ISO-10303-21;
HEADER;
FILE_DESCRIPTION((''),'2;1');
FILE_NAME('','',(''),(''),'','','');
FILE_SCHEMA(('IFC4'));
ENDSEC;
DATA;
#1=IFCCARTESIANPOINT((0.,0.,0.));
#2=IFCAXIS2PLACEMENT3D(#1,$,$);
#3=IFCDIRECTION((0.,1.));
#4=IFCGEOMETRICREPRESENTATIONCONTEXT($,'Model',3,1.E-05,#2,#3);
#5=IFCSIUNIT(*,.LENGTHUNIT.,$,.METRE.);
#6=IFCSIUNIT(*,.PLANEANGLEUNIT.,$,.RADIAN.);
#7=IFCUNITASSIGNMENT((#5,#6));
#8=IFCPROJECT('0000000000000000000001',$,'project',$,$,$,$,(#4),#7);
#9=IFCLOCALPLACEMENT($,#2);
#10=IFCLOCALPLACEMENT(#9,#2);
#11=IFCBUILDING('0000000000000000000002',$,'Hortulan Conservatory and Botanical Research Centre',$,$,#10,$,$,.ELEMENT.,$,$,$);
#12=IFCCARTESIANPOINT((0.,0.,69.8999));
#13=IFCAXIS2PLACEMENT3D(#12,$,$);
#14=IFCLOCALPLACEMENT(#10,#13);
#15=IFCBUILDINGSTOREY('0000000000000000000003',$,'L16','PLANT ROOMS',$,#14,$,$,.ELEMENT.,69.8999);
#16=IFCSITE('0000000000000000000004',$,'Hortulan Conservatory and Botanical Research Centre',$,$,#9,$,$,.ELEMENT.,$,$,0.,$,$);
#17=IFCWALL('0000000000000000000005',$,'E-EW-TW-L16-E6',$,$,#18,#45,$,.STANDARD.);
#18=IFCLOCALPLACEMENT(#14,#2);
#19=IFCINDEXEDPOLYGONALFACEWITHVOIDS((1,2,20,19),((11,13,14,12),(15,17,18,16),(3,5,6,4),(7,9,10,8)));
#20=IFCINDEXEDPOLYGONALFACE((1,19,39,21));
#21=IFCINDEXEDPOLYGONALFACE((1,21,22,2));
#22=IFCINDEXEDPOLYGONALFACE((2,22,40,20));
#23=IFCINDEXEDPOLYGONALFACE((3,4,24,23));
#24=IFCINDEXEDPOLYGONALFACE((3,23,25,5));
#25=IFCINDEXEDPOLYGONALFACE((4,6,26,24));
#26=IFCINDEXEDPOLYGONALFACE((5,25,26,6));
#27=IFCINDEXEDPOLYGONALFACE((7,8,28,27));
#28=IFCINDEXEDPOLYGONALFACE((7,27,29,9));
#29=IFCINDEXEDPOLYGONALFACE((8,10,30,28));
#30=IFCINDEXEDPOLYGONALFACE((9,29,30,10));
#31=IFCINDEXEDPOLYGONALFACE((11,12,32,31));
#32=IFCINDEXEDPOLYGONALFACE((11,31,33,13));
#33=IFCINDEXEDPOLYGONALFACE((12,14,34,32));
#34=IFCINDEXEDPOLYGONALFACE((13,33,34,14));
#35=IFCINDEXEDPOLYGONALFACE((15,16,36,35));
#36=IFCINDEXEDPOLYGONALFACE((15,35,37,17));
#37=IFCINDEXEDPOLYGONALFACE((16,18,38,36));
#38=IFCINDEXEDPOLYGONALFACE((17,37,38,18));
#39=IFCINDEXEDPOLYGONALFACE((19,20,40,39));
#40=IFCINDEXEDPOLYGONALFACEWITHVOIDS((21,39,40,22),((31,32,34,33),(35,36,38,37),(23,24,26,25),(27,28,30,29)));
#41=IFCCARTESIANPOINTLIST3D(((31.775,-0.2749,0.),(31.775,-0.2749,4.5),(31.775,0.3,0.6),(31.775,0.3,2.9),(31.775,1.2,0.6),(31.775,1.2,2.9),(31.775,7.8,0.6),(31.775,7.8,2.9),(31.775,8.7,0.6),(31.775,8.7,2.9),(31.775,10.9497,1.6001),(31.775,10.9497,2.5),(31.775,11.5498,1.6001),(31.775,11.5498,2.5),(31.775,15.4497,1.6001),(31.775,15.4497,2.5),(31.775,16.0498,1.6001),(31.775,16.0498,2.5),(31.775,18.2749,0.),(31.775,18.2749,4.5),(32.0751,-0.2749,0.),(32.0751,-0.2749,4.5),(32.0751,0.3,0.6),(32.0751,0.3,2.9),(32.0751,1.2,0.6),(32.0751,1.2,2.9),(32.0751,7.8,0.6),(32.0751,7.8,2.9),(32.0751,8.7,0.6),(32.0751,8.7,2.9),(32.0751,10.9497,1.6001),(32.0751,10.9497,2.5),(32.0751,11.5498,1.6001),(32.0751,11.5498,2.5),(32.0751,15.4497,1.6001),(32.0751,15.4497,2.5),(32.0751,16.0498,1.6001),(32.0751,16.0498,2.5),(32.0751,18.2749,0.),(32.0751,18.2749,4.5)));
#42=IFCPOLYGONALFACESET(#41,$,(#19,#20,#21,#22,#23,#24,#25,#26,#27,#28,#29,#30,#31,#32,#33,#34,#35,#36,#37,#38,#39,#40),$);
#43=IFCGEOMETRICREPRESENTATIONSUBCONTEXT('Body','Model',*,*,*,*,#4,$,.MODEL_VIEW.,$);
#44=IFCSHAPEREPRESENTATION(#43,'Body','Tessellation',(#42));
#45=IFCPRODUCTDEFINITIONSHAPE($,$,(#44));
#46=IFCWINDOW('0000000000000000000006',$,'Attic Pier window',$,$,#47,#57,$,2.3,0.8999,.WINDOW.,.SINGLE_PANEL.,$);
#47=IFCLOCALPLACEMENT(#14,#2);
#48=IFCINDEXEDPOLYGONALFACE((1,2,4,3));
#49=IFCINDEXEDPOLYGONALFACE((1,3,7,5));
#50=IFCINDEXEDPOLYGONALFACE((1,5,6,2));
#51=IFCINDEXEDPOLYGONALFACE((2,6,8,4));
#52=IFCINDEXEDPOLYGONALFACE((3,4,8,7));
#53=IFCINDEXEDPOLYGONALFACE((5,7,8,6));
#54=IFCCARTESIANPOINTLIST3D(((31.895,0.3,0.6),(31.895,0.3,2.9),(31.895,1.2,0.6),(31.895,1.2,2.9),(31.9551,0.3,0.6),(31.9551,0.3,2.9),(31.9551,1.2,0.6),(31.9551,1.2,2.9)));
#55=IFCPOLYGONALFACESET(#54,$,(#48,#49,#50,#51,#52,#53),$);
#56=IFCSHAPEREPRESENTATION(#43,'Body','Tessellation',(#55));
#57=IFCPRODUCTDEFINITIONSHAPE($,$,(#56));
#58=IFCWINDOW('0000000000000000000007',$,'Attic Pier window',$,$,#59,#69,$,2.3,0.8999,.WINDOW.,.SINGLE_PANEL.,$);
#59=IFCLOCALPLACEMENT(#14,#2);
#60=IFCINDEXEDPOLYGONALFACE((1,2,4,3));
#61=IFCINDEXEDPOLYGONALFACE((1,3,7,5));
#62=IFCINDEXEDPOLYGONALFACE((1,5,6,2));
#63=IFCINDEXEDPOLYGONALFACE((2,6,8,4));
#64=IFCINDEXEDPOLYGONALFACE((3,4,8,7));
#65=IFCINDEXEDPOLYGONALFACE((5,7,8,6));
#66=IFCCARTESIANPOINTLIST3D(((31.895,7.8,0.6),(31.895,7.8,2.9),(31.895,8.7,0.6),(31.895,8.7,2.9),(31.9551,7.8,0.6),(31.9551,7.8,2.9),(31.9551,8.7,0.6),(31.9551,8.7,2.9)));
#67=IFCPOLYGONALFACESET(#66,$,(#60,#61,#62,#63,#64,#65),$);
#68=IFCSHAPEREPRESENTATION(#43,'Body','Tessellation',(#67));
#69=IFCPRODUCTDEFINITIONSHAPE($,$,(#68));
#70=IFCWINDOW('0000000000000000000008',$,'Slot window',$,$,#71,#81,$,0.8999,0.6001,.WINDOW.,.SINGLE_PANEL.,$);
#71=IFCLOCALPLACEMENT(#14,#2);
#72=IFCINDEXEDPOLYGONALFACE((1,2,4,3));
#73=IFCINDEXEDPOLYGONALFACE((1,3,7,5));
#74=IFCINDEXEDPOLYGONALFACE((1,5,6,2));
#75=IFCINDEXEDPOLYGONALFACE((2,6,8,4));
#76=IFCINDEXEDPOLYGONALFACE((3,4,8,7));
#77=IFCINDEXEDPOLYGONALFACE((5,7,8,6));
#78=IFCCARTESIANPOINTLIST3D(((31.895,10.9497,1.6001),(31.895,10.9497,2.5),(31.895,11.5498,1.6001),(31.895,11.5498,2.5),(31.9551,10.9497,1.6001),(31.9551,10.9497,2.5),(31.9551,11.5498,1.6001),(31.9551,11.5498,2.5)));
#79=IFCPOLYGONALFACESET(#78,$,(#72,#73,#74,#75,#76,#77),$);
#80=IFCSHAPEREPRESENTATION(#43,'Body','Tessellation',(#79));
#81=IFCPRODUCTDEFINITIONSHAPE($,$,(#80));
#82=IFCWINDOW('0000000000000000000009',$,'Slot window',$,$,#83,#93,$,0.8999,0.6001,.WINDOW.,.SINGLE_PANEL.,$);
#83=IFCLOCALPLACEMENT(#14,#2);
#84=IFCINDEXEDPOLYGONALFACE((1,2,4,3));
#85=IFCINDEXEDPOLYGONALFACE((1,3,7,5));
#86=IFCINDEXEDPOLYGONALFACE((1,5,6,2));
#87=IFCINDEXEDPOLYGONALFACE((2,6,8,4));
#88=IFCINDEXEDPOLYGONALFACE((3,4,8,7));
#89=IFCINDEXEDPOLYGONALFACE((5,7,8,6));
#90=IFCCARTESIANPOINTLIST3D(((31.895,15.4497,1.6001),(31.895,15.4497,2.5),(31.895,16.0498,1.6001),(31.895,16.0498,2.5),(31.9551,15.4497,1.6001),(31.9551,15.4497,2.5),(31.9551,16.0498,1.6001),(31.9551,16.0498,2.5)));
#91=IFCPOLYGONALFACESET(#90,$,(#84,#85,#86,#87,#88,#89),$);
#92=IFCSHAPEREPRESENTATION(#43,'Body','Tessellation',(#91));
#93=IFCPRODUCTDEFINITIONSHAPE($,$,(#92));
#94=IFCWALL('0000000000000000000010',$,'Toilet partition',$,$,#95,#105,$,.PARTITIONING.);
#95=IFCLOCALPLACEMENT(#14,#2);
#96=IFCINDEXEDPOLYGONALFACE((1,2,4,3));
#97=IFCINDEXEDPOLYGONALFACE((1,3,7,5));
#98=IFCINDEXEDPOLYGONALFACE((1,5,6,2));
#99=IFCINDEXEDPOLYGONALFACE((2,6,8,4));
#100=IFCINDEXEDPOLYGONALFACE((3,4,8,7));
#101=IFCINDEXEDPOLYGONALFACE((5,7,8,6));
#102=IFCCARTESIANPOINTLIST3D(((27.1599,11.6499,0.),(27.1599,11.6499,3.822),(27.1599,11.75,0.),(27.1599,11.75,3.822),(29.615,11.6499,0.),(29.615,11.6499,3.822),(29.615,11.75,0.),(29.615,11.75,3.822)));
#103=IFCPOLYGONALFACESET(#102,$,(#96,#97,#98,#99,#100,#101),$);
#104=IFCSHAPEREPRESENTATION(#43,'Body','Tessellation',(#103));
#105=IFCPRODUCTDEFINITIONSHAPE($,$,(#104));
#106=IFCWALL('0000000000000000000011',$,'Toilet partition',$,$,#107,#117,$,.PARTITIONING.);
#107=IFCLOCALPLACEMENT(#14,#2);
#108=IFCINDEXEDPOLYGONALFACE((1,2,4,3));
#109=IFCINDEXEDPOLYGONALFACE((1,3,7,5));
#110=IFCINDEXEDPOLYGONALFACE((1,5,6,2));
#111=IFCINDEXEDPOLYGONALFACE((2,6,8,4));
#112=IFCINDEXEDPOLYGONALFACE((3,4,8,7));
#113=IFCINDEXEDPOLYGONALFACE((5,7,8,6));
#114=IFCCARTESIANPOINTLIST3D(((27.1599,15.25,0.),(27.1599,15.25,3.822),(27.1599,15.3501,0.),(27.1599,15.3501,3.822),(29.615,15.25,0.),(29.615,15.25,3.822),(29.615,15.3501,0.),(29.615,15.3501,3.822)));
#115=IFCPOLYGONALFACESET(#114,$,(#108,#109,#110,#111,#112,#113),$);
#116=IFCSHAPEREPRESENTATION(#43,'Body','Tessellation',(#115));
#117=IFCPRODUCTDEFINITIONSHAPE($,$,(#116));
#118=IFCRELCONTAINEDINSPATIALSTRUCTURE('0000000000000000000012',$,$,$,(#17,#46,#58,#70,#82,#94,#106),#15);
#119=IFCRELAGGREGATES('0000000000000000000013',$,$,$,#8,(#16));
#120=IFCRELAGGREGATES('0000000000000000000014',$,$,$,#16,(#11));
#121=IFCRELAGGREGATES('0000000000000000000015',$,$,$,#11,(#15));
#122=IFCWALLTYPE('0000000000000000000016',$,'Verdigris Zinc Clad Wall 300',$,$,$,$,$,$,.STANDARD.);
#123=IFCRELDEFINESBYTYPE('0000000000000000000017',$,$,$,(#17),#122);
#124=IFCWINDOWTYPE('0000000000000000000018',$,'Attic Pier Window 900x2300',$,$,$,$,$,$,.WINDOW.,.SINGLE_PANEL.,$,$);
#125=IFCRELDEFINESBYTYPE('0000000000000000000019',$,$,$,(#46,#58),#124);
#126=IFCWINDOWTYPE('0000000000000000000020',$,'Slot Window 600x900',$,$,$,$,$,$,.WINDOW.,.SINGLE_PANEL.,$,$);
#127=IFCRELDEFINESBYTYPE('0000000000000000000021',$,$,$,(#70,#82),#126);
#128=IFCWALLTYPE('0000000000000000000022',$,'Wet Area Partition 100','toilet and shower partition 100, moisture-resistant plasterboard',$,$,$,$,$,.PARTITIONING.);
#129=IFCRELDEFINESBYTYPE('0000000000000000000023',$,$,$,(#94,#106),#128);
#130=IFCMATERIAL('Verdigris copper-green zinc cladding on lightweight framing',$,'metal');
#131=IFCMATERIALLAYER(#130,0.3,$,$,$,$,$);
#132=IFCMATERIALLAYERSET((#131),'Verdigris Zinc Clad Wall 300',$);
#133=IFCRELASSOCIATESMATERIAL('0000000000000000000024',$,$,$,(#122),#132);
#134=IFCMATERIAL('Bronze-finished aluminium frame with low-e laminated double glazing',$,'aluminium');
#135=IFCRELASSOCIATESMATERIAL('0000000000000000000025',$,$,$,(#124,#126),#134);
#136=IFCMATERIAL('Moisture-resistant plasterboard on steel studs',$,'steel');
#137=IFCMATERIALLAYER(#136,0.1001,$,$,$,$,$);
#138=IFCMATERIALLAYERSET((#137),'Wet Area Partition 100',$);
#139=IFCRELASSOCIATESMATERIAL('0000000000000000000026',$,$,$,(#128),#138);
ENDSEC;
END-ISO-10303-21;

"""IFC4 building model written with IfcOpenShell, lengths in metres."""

from ifc_helpers import new_model, si_unit, direction, frame, frame_2d, origin, place, context, subcontext, project, spatial, rectangle, extrude, material, layer, layer_set, type_object, element, fill, save


model = new_model("IFC4")

# Units and contexts
model_context = context("Model", 3, precision=1e-05, world=origin(), true_north=direction((0.0, 1.0)))
body_context = subcontext(model_context, "Body", "Model", "MODEL_VIEW")
ifc_project = project(units=[si_unit("LENGTHUNIT", "METRE"), si_unit("PLANEANGLEUNIT", "RADIAN")], contexts=[model_context])

# Site, building, storey
site_placement = place(None, origin())
site = spatial("IfcSite", under=ifc_project, at=site_placement, Name="Hortulan Conservatory and Botanical Research Centre", CompositionType="ELEMENT", RefElevation=0.0)
building_placement = place(site_placement, origin())
building = spatial("IfcBuilding", under=site, at=building_placement, Name="Hortulan Conservatory and Botanical Research Centre", CompositionType="ELEMENT")
storey_placement = place(building_placement, frame((0.0, 0.0, 69.8999)))
storey = spatial("IfcBuildingStorey", under=building, at=storey_placement, Name="L16", Description="PLANT ROOMS", CompositionType="ELEMENT", Elevation=69.8999)

# Wall, openings, windows
ifc_material_1 = material(Name="Verdigris copper-green zinc cladding on lightweight framing", Category="metal")
ifc_layer_1 = layer(ifc_material_1, 0.3)
ifc_layer_set_1 = layer_set([ifc_layer_1], Name="Verdigris Zinc Clad Wall 300")
wall_type_1 = type_object("IfcWallType", Name="Verdigris Zinc Clad Wall 300", PredefinedType="STANDARD", material=ifc_layer_set_1)
wall_1_placement = place(storey_placement, frame((31.925, 18.2749, 0.0), z_axis=(0.0, 0.0, 1.0), x_axis=(0.0, -1.0, 0.0)))
wall_1 = element("IfcWall", 1, at=wall_1_placement, inside=storey, type_object=wall_type_1, Name="E-EW-TW-L16-E6", PredefinedType="STANDARD", context=body_context, shape_type="SweptSolid", body=[
    extrude(rectangle(XDim=18.5498, YDim=0.3, at=frame_2d((9.2749, 0.0))), origin(), (0.0, 0.0, 1.0), 4.5),
])
opening_1_placement = place(wall_1_placement, frame((17.075, 0.0, 0.6001)))
opening_1 = element("IfcOpeningElement", 2, at=opening_1_placement, cuts=wall_1, PredefinedType="OPENING", context=body_context, shape_type="SweptSolid", body=[
    extrude(rectangle(XDim=0.8999, YDim=2.3, at=frame_2d((0.45, 1.1499))), frame((0.0, 0.1599, 0.0), z_axis=(0.0, -1.0, 0.0), x_axis=(1.0, 0.0, 0.0)), (0.0, 0.0, 1.0), 0.3201),
])
opening_2_placement = place(wall_1_placement, frame((9.575, 0.0, 0.6001)))
opening_2 = element("IfcOpeningElement", 3, at=opening_2_placement, cuts=wall_1, PredefinedType="OPENING", context=body_context, shape_type="SweptSolid", body=[
    extrude(rectangle(XDim=0.8999, YDim=2.3, at=frame_2d((0.45, 1.1499))), frame((0.0, 0.1599, 0.0), z_axis=(0.0, -1.0, 0.0), x_axis=(1.0, 0.0, 0.0)), (0.0, 0.0, 1.0), 0.3201),
])
opening_3_placement = place(wall_1_placement, frame((6.7251, 0.0, 1.6001)))
opening_3 = element("IfcOpeningElement", 4, at=opening_3_placement, cuts=wall_1, PredefinedType="OPENING", context=body_context, shape_type="SweptSolid", body=[
    extrude(rectangle(XDim=0.6001, YDim=0.8999, at=frame_2d((0.3, 0.45))), frame((0.0, 0.1599, 0.0), z_axis=(0.0, -1.0, 0.0), x_axis=(1.0, 0.0, 0.0)), (0.0, 0.0, 1.0), 0.3201),
])
opening_4_placement = place(wall_1_placement, frame((2.2251, 0.0, 1.6001)))
opening_4 = element("IfcOpeningElement", 5, at=opening_4_placement, cuts=wall_1, PredefinedType="OPENING", context=body_context, shape_type="SweptSolid", body=[
    extrude(rectangle(XDim=0.6001, YDim=0.8999, at=frame_2d((0.3, 0.45))), frame((0.0, 0.1599, 0.0), z_axis=(0.0, -1.0, 0.0), x_axis=(1.0, 0.0, 0.0)), (0.0, 0.0, 1.0), 0.3201),
])
ifc_material_2 = material(Name="Bronze-finished aluminium frame with low-e laminated double glazing", Category="aluminium")
window_type_1 = type_object("IfcWindowType", Name="Attic Pier Window 900x2300", PartitioningType="SINGLE_PANEL", PredefinedType="WINDOW", material=ifc_material_2)
window_1_placement = place(opening_1_placement, origin())
window_1 = element("IfcWindow", 6, at=window_1_placement, inside=storey, type_object=window_type_1, Name="Attic Pier window", OverallHeight=2.3, OverallWidth=0.8999, PartitioningType="SINGLE_PANEL", PredefinedType="WINDOW", context=body_context, shape_type="SweptSolid", body=[
    extrude(rectangle(XDim=0.8999, YDim=2.3, at=frame_2d((0.45, 1.1499))), frame((0.0, 0.03, 0.0), z_axis=(0.0, -1.0, 0.0), x_axis=(1.0, 0.0, 0.0)), (0.0, 0.0, 1.0), 0.0601),
])
fill(opening_1, window_1)
window_2_placement = place(opening_2_placement, origin())
window_2 = element("IfcWindow", 7, at=window_2_placement, inside=storey, type_object=window_type_1, Name="Attic Pier window", OverallHeight=2.3, OverallWidth=0.8999, PartitioningType="SINGLE_PANEL", PredefinedType="WINDOW", context=body_context, shape_type="SweptSolid", body=[
    extrude(rectangle(XDim=0.8999, YDim=2.3, at=frame_2d((0.45, 1.1499))), frame((0.0, 0.03, 0.0), z_axis=(0.0, -1.0, 0.0), x_axis=(1.0, 0.0, 0.0)), (0.0, 0.0, 1.0), 0.0601),
])
fill(opening_2, window_2)
window_type_2 = type_object("IfcWindowType", Name="Slot Window 600x900", PartitioningType="SINGLE_PANEL", PredefinedType="WINDOW", material=ifc_material_2)
window_3_placement = place(opening_3_placement, origin())
window_3 = element("IfcWindow", 8, at=window_3_placement, inside=storey, type_object=window_type_2, Name="Slot window", OverallHeight=0.8999, OverallWidth=0.6001, PartitioningType="SINGLE_PANEL", PredefinedType="WINDOW", context=body_context, shape_type="SweptSolid", body=[
    extrude(rectangle(XDim=0.6001, YDim=0.8999, at=frame_2d((0.3, 0.45))), frame((0.0, 0.03, 0.0), z_axis=(0.0, -1.0, 0.0), x_axis=(1.0, 0.0, 0.0)), (0.0, 0.0, 1.0), 0.0601),
])
fill(opening_3, window_3)
window_4_placement = place(opening_4_placement, origin())
window_4 = element("IfcWindow", 9, at=window_4_placement, inside=storey, type_object=window_type_2, Name="Slot window", OverallHeight=0.8999, OverallWidth=0.6001, PartitioningType="SINGLE_PANEL", PredefinedType="WINDOW", context=body_context, shape_type="SweptSolid", body=[
    extrude(rectangle(XDim=0.6001, YDim=0.8999, at=frame_2d((0.3, 0.45))), frame((0.0, 0.03, 0.0), z_axis=(0.0, -1.0, 0.0), x_axis=(1.0, 0.0, 0.0)), (0.0, 0.0, 1.0), 0.0601),
])
fill(opening_4, window_4)

# Walls
ifc_material_3 = material(Name="Moisture-resistant plasterboard on steel studs", Category="steel")
ifc_layer_2 = layer(ifc_material_3, 0.1001)
ifc_layer_set_2 = layer_set([ifc_layer_2], Name="Wet Area Partition 100")
wall_type_2 = type_object("IfcWallType", Name="Wet Area Partition 100", Description="toilet and shower partition 100, moisture-resistant plasterboard", PredefinedType="PARTITIONING", material=ifc_layer_set_2)
for number, where, z_axis, x_axis, name in (
    (10, (27.1599, 11.7, 0.0), (0.0, 0.0, 1.0), (1.0, 0.0, 0.0), "Toilet partition"),
    (11, (27.1599, 15.3, 0.0), (0.0, 0.0, 1.0), (1.0, 0.0, 0.0), "Toilet partition"),
):
    element("IfcWall", number, at=place(storey_placement, frame(where, z_axis=z_axis, x_axis=x_axis)), inside=storey, type_object=wall_type_2, Name=name, PredefinedType="PARTITIONING", context=body_context, shape_type="SweptSolid", body=[
        extrude(rectangle(XDim=2.4551, YDim=0.1001, at=frame_2d((1.2275, 0.0))), origin(), (0.0, 0.0, 1.0), 3.822),
    ])

save(model, "model.ifc")
